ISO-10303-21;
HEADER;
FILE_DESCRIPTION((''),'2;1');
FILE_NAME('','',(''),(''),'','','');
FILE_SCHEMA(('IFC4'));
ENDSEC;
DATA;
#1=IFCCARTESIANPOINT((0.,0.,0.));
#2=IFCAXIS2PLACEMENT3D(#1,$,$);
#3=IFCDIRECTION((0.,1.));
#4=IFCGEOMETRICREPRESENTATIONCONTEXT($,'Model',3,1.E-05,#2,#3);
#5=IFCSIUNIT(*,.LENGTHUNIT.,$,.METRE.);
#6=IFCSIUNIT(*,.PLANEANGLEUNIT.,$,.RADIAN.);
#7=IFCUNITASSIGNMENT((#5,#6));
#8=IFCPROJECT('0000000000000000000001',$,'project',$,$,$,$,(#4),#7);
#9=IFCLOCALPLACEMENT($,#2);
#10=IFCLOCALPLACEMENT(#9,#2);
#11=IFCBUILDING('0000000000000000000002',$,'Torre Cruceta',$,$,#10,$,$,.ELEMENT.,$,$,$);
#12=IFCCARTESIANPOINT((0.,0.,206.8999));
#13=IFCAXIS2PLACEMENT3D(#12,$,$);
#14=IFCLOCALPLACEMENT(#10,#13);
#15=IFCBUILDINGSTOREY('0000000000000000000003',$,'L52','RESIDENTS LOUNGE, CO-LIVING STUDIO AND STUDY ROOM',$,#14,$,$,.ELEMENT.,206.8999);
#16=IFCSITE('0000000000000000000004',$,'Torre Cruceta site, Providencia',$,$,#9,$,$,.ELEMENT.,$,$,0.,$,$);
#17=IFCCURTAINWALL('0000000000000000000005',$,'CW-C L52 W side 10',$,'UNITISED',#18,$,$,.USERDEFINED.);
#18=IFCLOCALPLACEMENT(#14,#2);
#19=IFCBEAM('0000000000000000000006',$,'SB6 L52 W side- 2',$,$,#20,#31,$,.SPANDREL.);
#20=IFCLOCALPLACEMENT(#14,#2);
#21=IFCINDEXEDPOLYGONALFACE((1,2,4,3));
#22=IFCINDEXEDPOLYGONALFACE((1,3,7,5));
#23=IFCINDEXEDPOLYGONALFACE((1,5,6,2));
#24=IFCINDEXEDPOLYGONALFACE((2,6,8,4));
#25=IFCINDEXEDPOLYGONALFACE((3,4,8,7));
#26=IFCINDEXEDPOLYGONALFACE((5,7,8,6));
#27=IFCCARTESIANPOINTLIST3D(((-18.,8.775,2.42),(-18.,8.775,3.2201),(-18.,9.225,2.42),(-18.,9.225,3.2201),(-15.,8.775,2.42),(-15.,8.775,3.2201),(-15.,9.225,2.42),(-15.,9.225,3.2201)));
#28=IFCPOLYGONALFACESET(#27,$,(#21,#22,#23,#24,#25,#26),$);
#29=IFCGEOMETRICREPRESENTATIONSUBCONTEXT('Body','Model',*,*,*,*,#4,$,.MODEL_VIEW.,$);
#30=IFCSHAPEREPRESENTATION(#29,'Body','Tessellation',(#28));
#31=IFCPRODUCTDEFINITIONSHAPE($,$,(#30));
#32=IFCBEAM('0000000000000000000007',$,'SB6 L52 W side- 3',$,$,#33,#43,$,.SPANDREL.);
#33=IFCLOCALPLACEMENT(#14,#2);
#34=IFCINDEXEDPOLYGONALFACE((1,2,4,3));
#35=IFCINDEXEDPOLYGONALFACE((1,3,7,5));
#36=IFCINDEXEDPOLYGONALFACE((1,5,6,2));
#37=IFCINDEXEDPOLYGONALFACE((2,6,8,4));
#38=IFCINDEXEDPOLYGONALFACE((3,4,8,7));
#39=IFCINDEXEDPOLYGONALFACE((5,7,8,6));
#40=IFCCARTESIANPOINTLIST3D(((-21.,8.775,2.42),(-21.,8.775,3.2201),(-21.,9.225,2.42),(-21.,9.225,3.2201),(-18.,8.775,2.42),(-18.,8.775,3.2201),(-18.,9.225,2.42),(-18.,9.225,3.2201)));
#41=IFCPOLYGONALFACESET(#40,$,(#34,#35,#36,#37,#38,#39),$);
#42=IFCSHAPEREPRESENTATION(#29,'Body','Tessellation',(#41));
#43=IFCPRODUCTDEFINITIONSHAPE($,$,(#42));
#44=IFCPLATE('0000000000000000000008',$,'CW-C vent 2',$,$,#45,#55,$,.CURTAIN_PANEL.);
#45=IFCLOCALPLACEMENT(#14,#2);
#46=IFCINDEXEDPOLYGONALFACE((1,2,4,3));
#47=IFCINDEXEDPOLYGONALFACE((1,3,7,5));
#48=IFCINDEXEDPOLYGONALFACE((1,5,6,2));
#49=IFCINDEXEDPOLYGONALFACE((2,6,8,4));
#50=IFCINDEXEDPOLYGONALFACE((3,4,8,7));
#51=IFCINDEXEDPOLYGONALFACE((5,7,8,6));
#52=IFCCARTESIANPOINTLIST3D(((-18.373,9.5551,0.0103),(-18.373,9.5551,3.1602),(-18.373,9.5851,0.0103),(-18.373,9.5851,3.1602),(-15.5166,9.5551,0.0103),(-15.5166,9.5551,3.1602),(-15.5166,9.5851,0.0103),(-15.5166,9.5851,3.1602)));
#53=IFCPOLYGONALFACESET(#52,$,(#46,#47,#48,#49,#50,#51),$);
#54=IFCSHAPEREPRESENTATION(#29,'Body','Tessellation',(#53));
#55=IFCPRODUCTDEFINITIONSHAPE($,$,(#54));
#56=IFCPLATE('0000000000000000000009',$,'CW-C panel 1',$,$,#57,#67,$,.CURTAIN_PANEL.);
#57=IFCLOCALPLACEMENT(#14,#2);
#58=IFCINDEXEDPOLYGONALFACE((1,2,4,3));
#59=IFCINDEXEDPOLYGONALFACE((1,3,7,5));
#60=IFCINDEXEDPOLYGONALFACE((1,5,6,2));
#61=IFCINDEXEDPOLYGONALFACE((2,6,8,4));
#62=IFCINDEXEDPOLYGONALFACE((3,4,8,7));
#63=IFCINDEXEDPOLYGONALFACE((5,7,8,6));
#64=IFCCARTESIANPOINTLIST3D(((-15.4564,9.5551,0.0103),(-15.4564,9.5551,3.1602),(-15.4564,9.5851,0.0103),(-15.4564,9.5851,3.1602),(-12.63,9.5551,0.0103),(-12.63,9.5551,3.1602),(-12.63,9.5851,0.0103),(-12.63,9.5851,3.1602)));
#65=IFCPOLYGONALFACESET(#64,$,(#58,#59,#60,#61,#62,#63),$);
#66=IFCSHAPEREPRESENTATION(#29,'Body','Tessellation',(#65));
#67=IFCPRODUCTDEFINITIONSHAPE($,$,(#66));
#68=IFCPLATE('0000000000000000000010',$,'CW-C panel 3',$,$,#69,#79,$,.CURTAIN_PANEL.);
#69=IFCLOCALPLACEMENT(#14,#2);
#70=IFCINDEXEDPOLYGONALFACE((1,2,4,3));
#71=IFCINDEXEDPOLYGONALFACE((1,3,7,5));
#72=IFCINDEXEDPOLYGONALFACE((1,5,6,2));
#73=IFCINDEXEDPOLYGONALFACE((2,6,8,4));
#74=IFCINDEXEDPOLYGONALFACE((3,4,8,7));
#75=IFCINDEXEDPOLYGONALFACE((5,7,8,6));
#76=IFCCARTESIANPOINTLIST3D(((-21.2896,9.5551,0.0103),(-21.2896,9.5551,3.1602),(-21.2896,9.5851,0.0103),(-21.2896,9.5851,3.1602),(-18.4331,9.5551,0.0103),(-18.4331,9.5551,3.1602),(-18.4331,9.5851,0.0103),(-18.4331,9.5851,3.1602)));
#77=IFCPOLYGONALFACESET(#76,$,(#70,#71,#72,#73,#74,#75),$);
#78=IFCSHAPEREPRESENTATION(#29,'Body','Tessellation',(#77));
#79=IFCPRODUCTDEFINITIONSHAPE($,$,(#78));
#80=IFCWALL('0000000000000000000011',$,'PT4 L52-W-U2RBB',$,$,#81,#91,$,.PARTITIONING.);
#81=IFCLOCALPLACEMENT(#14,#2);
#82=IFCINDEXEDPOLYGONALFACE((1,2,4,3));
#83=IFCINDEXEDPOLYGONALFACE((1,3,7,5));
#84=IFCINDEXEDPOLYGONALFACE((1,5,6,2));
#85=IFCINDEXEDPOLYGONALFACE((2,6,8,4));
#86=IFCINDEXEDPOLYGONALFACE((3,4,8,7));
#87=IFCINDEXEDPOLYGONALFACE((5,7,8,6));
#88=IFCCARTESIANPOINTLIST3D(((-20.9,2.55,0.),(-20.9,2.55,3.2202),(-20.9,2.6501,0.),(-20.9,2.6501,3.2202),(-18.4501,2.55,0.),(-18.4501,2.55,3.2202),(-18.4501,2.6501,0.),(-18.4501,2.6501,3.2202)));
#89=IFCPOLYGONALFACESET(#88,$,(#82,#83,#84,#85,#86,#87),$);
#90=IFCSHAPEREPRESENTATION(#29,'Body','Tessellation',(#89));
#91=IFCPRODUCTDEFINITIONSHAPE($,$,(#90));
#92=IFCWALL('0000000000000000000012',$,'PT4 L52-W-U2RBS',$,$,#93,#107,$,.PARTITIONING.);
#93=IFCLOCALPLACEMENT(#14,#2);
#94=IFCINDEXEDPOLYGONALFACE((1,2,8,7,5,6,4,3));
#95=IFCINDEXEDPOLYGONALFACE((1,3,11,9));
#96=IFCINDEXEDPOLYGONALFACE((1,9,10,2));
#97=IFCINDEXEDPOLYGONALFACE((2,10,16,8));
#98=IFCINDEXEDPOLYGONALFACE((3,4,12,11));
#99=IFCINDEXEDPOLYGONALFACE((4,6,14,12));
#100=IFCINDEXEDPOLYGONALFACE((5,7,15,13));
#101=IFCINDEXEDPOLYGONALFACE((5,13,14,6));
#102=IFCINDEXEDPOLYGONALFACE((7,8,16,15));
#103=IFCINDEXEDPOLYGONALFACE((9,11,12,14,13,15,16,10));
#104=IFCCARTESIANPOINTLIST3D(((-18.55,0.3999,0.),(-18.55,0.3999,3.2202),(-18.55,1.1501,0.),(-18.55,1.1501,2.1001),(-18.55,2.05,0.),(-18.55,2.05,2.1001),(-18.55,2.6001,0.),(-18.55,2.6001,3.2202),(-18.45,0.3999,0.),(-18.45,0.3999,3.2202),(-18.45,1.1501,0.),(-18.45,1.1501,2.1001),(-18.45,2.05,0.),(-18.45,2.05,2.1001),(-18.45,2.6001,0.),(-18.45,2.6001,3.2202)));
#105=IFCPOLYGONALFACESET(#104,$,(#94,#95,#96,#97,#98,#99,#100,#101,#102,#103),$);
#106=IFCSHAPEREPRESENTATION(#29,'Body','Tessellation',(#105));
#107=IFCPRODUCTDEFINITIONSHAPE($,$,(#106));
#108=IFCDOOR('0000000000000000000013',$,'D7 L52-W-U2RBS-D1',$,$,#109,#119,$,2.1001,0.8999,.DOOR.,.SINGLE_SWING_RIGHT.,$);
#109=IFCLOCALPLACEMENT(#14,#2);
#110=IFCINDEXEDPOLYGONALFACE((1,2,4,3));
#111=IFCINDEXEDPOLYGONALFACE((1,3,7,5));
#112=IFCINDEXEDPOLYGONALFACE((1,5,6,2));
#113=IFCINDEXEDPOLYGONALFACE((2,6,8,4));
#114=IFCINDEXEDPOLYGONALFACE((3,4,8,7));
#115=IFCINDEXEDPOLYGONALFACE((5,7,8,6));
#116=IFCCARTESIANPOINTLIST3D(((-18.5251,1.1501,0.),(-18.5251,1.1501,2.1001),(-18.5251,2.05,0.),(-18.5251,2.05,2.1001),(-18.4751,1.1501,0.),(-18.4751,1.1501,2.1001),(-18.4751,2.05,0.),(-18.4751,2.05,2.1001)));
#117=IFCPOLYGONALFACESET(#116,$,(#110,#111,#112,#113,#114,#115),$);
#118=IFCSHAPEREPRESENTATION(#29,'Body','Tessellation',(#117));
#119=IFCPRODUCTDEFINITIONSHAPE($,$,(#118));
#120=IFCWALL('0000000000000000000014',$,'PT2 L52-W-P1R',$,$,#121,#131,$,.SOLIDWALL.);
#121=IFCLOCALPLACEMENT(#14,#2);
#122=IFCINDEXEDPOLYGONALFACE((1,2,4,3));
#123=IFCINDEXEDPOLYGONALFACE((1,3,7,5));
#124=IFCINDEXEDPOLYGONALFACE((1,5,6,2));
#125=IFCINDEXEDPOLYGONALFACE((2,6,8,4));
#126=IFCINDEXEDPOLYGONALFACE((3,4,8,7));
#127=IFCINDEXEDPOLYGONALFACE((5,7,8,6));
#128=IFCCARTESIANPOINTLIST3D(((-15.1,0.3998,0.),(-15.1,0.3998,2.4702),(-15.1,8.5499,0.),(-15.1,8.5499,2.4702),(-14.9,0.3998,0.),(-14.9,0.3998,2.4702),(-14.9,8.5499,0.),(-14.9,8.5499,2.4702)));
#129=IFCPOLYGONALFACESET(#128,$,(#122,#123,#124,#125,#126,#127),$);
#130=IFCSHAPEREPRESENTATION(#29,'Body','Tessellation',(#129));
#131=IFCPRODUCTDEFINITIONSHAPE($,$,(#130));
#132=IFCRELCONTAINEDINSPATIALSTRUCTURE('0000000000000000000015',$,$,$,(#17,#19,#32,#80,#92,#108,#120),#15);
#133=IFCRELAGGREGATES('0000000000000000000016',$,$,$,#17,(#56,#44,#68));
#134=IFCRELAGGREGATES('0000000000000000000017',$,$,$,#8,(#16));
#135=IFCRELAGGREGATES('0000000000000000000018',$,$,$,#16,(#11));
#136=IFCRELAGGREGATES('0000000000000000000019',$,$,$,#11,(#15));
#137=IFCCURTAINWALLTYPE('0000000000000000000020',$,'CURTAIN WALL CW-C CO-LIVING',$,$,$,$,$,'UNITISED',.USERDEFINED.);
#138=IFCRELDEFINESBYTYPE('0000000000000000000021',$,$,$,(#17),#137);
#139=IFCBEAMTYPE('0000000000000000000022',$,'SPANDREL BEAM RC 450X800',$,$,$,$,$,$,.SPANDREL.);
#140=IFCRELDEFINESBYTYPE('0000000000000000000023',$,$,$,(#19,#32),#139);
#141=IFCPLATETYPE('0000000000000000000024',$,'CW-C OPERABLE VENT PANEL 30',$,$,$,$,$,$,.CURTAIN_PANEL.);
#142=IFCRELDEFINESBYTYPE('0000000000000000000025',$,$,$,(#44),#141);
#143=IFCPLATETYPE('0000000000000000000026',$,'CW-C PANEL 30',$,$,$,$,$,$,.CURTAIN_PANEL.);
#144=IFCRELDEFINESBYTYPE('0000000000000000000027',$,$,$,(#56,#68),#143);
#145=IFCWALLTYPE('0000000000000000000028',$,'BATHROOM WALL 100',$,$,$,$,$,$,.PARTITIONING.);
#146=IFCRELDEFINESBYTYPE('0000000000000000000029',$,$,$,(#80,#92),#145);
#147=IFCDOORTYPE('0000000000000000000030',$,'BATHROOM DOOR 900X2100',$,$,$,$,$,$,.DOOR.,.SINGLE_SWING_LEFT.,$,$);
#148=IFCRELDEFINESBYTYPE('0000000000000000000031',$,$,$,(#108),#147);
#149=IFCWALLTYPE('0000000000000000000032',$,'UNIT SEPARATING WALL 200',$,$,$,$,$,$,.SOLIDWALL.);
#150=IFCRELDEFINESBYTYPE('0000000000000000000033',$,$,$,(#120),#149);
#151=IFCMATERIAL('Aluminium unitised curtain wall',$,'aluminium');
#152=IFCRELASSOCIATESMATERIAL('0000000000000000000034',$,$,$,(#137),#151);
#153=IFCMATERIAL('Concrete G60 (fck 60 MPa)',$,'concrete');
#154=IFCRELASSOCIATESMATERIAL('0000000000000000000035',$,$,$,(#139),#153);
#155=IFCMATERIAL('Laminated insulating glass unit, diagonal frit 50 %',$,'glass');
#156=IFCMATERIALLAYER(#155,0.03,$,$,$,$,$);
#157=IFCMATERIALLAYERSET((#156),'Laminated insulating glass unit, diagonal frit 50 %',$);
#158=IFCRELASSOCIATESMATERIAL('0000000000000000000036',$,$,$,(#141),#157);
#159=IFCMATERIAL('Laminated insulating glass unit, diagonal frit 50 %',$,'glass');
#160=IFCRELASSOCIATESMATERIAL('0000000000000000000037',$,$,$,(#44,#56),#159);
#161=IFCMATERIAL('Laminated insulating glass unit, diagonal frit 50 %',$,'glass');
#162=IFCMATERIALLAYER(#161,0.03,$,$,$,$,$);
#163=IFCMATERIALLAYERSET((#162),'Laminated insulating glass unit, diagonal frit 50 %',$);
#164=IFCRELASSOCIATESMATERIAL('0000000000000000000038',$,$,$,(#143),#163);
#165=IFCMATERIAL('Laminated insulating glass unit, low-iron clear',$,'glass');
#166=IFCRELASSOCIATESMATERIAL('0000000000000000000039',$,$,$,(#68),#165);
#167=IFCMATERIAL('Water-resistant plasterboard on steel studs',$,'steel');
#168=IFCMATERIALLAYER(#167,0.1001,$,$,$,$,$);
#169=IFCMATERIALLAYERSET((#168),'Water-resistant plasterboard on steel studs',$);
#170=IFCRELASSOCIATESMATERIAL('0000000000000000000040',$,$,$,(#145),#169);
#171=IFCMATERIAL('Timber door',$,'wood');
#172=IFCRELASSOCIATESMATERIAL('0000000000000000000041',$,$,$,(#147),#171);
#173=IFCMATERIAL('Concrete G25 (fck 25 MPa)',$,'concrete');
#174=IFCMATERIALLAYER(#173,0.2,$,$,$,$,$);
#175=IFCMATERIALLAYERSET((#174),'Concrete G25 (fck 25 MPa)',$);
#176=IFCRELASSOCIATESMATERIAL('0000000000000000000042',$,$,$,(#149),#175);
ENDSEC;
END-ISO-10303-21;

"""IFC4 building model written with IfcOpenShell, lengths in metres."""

from ifc_helpers import new_model, si_unit, direction, frame, frame_2d, origin, origin_2d, place, context, subcontext, project, spatial, rectangle, extrude, material, layer, layer_set, material_profile, profile_set, type_object, element, fill, aggregate, save


model = new_model("IFC4")

# Units and contexts
model_context = context("Model", 3, precision=1e-05, world=origin(), true_north=direction((0.0, 1.0)))
body_context = subcontext(model_context, "Body", "Model", "MODEL_VIEW")
ifc_project = project(units=[si_unit("LENGTHUNIT", "METRE"), si_unit("PLANEANGLEUNIT", "RADIAN")], contexts=[model_context])

# Site, building, storey
site_placement = place(None, origin())
site = spatial("IfcSite", under=ifc_project, at=site_placement, Name="Torre Cruceta site, Providencia", CompositionType="ELEMENT", RefElevation=0.0)
building_placement = place(site_placement, origin())
building = spatial("IfcBuilding", under=site, at=building_placement, Name="Torre Cruceta", CompositionType="ELEMENT")
storey_placement = place(building_placement, frame((0.0, 0.0, 206.8999)))
storey = spatial("IfcBuildingStorey", under=building, at=storey_placement, Name="L52", Description="RESIDENTS LOUNGE, CO-LIVING STUDIO AND STUDY ROOM", CompositionType="ELEMENT", Elevation=206.8999)

# Curtain wall
ifc_material_1 = material(Name="Aluminium unitised curtain wall", Category="aluminium")
curtain_wall_type = type_object("IfcCurtainWallType", Name="CURTAIN WALL CW-C CO-LIVING", ElementType="UNITISED", PredefinedType="USERDEFINED", material=ifc_material_1)
curtain_wall_placement = place(storey_placement, origin())
curtain_wall = element("IfcCurtainWall", 1, at=curtain_wall_placement, inside=storey, type_object=curtain_wall_type, Name="CW-C L52 W side 10", ObjectType="UNITISED", PredefinedType="USERDEFINED")

# Beams
ifc_material_2 = material(Name="Concrete G60 (fck 60 MPa)", Category="concrete")
ifc_material_profile_1 = material_profile(ifc_material_2, rectangle(XDim=0.45, YDim=0.8, at=origin_2d()), Name="RC 450X800")
ifc_profile_set_1 = profile_set([ifc_material_profile_1], Name="Concrete G60 (fck 60 MPa)")
beam_type_1 = type_object("IfcBeamType", Name="SPANDREL BEAM RC 450X800", PredefinedType="SPANDREL", material=ifc_profile_set_1)
for number, where, z_axis, x_axis, name in (
    (2, (-15.0, 9.0, 2.8201), (-1.0, 0.0, 0.0), (0.0, -1.0, 0.0), "SB6 L52 W side- 2"),
    (3, (-18.0, 9.0, 2.8201), (-1.0, 0.0, 0.0), (0.0, -1.0, 0.0), "SB6 L52 W side- 3"),
):
    element("IfcBeam", number, at=place(storey_placement, frame(where, z_axis=z_axis, x_axis=x_axis)), inside=storey, type_object=beam_type_1, Name=name, PredefinedType="SPANDREL", context=body_context, shape_type="SweptSolid", body=[
        extrude(rectangle(XDim=0.45, YDim=0.8, at=origin_2d()), origin(), (0.0, 0.0, 1.0), 3.0),
    ])

# Plates
ifc_material_3 = material(Name="Laminated insulating glass unit, diagonal frit 50 %", Category="glass")
ifc_material_4 = material(Name="Laminated insulating glass unit, diagonal frit 50 %", Category="glass")
ifc_layer_1 = layer(ifc_material_4, 0.03)
ifc_layer_set_1 = layer_set([ifc_layer_1], Name="Laminated insulating glass unit, diagonal frit 50 %")
plate_type_1 = type_object("IfcPlateType", Name="CW-C OPERABLE VENT PANEL 30", PredefinedType="CURTAIN_PANEL", material=ifc_layer_set_1)
plate_1_placement = place(storey_placement, frame((-16.9448, 9.5701, 0.0103), z_axis=(0.0, 0.0, 1.0), x_axis=(-1.0, 0.0, 0.0)))
plate_1 = element("IfcPlate", 4, at=plate_1_placement, type_object=plate_type_1, material=ifc_material_3, Name="CW-C vent 2", PredefinedType="CURTAIN_PANEL", context=body_context, shape_type="SweptSolid", body=[
    extrude(rectangle(XDim=2.8564, YDim=0.03, at=origin_2d()), origin(), (0.0, 0.0, 1.0), 3.1499),
])
ifc_material_5 = material(Name="Laminated insulating glass unit, diagonal frit 50 %", Category="glass")
ifc_layer_2 = layer(ifc_material_5, 0.03)
ifc_layer_set_2 = layer_set([ifc_layer_2], Name="Laminated insulating glass unit, diagonal frit 50 %")
plate_type_2 = type_object("IfcPlateType", Name="CW-C PANEL 30", PredefinedType="CURTAIN_PANEL", material=ifc_layer_set_2)
plate_2_placement = place(storey_placement, frame((-14.0432, 9.5701, 0.0103), z_axis=(0.0, 0.0, 1.0), x_axis=(-1.0, 0.0, 0.0)))
plate_2 = element("IfcPlate", 5, at=plate_2_placement, type_object=plate_type_2, material=ifc_material_3, Name="CW-C panel 1", PredefinedType="CURTAIN_PANEL", context=body_context, shape_type="SweptSolid", body=[
    extrude(rectangle(XDim=2.8264, YDim=0.03, at=origin_2d()), origin(), (0.0, 0.0, 1.0), 3.1499),
])
ifc_material_6 = material(Name="Laminated insulating glass unit, low-iron clear", Category="glass")
plate_3_placement = place(storey_placement, frame((-19.8613, 9.5701, 0.0103), z_axis=(0.0, 0.0, 1.0), x_axis=(-1.0, 0.0, 0.0)))
plate_3 = element("IfcPlate", 6, at=plate_3_placement, type_object=plate_type_2, material=ifc_material_6, Name="CW-C panel 3", PredefinedType="CURTAIN_PANEL", context=body_context, shape_type="SweptSolid", body=[
    extrude(rectangle(XDim=2.8564, YDim=0.03, at=origin_2d()), origin(), (0.0, 0.0, 1.0), 3.1499),
])
aggregate(curtain_wall, [plate_2, plate_1, plate_3])

# Wall
ifc_material_7 = material(Name="Water-resistant plasterboard on steel studs", Category="steel")
ifc_layer_3 = layer(ifc_material_7, 0.1001)
ifc_layer_set_3 = layer_set([ifc_layer_3], Name="Water-resistant plasterboard on steel studs")
wall_type_1 = type_object("IfcWallType", Name="BATHROOM WALL 100", PredefinedType="PARTITIONING", material=ifc_layer_set_3)
wall_1_placement = place(storey_placement, frame((-18.45, 2.6001, 0.0), z_axis=(0.0, 0.0, 1.0), x_axis=(-1.0, 0.0, 0.0)))
element("IfcWall", 7, at=wall_1_placement, inside=storey, type_object=wall_type_1, Name="PT4 L52-W-U2RBB", PredefinedType="PARTITIONING", context=body_context, shape_type="SweptSolid", body=[
    extrude(rectangle(XDim=2.45, YDim=0.1001, at=frame_2d((1.2251, 0.0))), origin(), (0.0, 0.0, 1.0), 3.2202),
])

# Wall, opening, door
wall_2_placement = place(storey_placement, frame((-18.5, 2.6001, 0.0), z_axis=(0.0, 0.0, 1.0), x_axis=(0.0, -1.0, 0.0)))
wall_2 = element("IfcWall", 8, at=wall_2_placement, inside=storey, type_object=wall_type_1, Name="PT4 L52-W-U2RBS", PredefinedType="PARTITIONING", context=body_context, shape_type="SweptSolid", body=[
    extrude(rectangle(XDim=2.2002, YDim=0.1001, at=frame_2d((1.1001, 0.0))), origin(), (0.0, 0.0, 1.0), 3.2202),
])
opening_placement = place(wall_2_placement, frame((0.55, 0.0, 0.0)))
opening = element("IfcOpeningElement", 9, at=opening_placement, cuts=wall_2, PredefinedType="OPENING", context=body_context, shape_type="SweptSolid", body=[
    extrude(rectangle(XDim=0.8999, YDim=2.1001, at=frame_2d((0.45, 1.05))), frame((0.0, 0.0601, 0.0), z_axis=(0.0, -1.0, 0.0), x_axis=(1.0, 0.0, 0.0)), (0.0, 0.0, 1.0), 0.1201),
])
ifc_material_8 = material(Name="Timber door", Category="wood")
door_type = type_object("IfcDoorType", Name="BATHROOM DOOR 900X2100", OperationType="SINGLE_SWING_LEFT", PredefinedType="DOOR", material=ifc_material_8)
door_placement = place(opening_placement, frame((0.8999, 0.0, 0.0), z_axis=(0.0, 0.0, 1.0), x_axis=(-1.0, 0.0, 0.0)))
door = element("IfcDoor", 10, at=door_placement, inside=storey, type_object=door_type, Name="D7 L52-W-U2RBS-D1", OperationType="SINGLE_SWING_RIGHT", OverallHeight=2.1001, OverallWidth=0.8999, PredefinedType="DOOR", context=body_context, shape_type="SweptSolid", body=[
    extrude(rectangle(XDim=0.8999, YDim=2.1001, at=frame_2d((0.45, 1.05))), frame((0.0, 0.0251, 0.0), z_axis=(0.0, -1.0, 0.0), x_axis=(1.0, 0.0, 0.0)), (0.0, 0.0, 1.0), 0.05),
])
fill(opening, door)

# Wall
ifc_material_9 = material(Name="Concrete G25 (fck 25 MPa)", Category="concrete")
ifc_layer_4 = layer(ifc_material_9, 0.2)
ifc_layer_set_4 = layer_set([ifc_layer_4], Name="Concrete G25 (fck 25 MPa)")
wall_type_2 = type_object("IfcWallType", Name="UNIT SEPARATING WALL 200", PredefinedType="SOLIDWALL", material=ifc_layer_set_4)
wall_3_placement = place(storey_placement, frame((-15.0, 8.55, 0.0), z_axis=(0.0, 0.0, 1.0), x_axis=(0.0, -1.0, 0.0)))
element("IfcWall", 11, at=wall_3_placement, inside=storey, type_object=wall_type_2, Name="PT2 L52-W-P1R", PredefinedType="SOLIDWALL", context=body_context, shape_type="SweptSolid", body=[
    extrude(rectangle(XDim=8.1501, YDim=0.2, at=frame_2d((4.0752, 0.0))), origin(), (0.0, 0.0, 1.0), 2.4702),
])

save(model, "model.ifc")
